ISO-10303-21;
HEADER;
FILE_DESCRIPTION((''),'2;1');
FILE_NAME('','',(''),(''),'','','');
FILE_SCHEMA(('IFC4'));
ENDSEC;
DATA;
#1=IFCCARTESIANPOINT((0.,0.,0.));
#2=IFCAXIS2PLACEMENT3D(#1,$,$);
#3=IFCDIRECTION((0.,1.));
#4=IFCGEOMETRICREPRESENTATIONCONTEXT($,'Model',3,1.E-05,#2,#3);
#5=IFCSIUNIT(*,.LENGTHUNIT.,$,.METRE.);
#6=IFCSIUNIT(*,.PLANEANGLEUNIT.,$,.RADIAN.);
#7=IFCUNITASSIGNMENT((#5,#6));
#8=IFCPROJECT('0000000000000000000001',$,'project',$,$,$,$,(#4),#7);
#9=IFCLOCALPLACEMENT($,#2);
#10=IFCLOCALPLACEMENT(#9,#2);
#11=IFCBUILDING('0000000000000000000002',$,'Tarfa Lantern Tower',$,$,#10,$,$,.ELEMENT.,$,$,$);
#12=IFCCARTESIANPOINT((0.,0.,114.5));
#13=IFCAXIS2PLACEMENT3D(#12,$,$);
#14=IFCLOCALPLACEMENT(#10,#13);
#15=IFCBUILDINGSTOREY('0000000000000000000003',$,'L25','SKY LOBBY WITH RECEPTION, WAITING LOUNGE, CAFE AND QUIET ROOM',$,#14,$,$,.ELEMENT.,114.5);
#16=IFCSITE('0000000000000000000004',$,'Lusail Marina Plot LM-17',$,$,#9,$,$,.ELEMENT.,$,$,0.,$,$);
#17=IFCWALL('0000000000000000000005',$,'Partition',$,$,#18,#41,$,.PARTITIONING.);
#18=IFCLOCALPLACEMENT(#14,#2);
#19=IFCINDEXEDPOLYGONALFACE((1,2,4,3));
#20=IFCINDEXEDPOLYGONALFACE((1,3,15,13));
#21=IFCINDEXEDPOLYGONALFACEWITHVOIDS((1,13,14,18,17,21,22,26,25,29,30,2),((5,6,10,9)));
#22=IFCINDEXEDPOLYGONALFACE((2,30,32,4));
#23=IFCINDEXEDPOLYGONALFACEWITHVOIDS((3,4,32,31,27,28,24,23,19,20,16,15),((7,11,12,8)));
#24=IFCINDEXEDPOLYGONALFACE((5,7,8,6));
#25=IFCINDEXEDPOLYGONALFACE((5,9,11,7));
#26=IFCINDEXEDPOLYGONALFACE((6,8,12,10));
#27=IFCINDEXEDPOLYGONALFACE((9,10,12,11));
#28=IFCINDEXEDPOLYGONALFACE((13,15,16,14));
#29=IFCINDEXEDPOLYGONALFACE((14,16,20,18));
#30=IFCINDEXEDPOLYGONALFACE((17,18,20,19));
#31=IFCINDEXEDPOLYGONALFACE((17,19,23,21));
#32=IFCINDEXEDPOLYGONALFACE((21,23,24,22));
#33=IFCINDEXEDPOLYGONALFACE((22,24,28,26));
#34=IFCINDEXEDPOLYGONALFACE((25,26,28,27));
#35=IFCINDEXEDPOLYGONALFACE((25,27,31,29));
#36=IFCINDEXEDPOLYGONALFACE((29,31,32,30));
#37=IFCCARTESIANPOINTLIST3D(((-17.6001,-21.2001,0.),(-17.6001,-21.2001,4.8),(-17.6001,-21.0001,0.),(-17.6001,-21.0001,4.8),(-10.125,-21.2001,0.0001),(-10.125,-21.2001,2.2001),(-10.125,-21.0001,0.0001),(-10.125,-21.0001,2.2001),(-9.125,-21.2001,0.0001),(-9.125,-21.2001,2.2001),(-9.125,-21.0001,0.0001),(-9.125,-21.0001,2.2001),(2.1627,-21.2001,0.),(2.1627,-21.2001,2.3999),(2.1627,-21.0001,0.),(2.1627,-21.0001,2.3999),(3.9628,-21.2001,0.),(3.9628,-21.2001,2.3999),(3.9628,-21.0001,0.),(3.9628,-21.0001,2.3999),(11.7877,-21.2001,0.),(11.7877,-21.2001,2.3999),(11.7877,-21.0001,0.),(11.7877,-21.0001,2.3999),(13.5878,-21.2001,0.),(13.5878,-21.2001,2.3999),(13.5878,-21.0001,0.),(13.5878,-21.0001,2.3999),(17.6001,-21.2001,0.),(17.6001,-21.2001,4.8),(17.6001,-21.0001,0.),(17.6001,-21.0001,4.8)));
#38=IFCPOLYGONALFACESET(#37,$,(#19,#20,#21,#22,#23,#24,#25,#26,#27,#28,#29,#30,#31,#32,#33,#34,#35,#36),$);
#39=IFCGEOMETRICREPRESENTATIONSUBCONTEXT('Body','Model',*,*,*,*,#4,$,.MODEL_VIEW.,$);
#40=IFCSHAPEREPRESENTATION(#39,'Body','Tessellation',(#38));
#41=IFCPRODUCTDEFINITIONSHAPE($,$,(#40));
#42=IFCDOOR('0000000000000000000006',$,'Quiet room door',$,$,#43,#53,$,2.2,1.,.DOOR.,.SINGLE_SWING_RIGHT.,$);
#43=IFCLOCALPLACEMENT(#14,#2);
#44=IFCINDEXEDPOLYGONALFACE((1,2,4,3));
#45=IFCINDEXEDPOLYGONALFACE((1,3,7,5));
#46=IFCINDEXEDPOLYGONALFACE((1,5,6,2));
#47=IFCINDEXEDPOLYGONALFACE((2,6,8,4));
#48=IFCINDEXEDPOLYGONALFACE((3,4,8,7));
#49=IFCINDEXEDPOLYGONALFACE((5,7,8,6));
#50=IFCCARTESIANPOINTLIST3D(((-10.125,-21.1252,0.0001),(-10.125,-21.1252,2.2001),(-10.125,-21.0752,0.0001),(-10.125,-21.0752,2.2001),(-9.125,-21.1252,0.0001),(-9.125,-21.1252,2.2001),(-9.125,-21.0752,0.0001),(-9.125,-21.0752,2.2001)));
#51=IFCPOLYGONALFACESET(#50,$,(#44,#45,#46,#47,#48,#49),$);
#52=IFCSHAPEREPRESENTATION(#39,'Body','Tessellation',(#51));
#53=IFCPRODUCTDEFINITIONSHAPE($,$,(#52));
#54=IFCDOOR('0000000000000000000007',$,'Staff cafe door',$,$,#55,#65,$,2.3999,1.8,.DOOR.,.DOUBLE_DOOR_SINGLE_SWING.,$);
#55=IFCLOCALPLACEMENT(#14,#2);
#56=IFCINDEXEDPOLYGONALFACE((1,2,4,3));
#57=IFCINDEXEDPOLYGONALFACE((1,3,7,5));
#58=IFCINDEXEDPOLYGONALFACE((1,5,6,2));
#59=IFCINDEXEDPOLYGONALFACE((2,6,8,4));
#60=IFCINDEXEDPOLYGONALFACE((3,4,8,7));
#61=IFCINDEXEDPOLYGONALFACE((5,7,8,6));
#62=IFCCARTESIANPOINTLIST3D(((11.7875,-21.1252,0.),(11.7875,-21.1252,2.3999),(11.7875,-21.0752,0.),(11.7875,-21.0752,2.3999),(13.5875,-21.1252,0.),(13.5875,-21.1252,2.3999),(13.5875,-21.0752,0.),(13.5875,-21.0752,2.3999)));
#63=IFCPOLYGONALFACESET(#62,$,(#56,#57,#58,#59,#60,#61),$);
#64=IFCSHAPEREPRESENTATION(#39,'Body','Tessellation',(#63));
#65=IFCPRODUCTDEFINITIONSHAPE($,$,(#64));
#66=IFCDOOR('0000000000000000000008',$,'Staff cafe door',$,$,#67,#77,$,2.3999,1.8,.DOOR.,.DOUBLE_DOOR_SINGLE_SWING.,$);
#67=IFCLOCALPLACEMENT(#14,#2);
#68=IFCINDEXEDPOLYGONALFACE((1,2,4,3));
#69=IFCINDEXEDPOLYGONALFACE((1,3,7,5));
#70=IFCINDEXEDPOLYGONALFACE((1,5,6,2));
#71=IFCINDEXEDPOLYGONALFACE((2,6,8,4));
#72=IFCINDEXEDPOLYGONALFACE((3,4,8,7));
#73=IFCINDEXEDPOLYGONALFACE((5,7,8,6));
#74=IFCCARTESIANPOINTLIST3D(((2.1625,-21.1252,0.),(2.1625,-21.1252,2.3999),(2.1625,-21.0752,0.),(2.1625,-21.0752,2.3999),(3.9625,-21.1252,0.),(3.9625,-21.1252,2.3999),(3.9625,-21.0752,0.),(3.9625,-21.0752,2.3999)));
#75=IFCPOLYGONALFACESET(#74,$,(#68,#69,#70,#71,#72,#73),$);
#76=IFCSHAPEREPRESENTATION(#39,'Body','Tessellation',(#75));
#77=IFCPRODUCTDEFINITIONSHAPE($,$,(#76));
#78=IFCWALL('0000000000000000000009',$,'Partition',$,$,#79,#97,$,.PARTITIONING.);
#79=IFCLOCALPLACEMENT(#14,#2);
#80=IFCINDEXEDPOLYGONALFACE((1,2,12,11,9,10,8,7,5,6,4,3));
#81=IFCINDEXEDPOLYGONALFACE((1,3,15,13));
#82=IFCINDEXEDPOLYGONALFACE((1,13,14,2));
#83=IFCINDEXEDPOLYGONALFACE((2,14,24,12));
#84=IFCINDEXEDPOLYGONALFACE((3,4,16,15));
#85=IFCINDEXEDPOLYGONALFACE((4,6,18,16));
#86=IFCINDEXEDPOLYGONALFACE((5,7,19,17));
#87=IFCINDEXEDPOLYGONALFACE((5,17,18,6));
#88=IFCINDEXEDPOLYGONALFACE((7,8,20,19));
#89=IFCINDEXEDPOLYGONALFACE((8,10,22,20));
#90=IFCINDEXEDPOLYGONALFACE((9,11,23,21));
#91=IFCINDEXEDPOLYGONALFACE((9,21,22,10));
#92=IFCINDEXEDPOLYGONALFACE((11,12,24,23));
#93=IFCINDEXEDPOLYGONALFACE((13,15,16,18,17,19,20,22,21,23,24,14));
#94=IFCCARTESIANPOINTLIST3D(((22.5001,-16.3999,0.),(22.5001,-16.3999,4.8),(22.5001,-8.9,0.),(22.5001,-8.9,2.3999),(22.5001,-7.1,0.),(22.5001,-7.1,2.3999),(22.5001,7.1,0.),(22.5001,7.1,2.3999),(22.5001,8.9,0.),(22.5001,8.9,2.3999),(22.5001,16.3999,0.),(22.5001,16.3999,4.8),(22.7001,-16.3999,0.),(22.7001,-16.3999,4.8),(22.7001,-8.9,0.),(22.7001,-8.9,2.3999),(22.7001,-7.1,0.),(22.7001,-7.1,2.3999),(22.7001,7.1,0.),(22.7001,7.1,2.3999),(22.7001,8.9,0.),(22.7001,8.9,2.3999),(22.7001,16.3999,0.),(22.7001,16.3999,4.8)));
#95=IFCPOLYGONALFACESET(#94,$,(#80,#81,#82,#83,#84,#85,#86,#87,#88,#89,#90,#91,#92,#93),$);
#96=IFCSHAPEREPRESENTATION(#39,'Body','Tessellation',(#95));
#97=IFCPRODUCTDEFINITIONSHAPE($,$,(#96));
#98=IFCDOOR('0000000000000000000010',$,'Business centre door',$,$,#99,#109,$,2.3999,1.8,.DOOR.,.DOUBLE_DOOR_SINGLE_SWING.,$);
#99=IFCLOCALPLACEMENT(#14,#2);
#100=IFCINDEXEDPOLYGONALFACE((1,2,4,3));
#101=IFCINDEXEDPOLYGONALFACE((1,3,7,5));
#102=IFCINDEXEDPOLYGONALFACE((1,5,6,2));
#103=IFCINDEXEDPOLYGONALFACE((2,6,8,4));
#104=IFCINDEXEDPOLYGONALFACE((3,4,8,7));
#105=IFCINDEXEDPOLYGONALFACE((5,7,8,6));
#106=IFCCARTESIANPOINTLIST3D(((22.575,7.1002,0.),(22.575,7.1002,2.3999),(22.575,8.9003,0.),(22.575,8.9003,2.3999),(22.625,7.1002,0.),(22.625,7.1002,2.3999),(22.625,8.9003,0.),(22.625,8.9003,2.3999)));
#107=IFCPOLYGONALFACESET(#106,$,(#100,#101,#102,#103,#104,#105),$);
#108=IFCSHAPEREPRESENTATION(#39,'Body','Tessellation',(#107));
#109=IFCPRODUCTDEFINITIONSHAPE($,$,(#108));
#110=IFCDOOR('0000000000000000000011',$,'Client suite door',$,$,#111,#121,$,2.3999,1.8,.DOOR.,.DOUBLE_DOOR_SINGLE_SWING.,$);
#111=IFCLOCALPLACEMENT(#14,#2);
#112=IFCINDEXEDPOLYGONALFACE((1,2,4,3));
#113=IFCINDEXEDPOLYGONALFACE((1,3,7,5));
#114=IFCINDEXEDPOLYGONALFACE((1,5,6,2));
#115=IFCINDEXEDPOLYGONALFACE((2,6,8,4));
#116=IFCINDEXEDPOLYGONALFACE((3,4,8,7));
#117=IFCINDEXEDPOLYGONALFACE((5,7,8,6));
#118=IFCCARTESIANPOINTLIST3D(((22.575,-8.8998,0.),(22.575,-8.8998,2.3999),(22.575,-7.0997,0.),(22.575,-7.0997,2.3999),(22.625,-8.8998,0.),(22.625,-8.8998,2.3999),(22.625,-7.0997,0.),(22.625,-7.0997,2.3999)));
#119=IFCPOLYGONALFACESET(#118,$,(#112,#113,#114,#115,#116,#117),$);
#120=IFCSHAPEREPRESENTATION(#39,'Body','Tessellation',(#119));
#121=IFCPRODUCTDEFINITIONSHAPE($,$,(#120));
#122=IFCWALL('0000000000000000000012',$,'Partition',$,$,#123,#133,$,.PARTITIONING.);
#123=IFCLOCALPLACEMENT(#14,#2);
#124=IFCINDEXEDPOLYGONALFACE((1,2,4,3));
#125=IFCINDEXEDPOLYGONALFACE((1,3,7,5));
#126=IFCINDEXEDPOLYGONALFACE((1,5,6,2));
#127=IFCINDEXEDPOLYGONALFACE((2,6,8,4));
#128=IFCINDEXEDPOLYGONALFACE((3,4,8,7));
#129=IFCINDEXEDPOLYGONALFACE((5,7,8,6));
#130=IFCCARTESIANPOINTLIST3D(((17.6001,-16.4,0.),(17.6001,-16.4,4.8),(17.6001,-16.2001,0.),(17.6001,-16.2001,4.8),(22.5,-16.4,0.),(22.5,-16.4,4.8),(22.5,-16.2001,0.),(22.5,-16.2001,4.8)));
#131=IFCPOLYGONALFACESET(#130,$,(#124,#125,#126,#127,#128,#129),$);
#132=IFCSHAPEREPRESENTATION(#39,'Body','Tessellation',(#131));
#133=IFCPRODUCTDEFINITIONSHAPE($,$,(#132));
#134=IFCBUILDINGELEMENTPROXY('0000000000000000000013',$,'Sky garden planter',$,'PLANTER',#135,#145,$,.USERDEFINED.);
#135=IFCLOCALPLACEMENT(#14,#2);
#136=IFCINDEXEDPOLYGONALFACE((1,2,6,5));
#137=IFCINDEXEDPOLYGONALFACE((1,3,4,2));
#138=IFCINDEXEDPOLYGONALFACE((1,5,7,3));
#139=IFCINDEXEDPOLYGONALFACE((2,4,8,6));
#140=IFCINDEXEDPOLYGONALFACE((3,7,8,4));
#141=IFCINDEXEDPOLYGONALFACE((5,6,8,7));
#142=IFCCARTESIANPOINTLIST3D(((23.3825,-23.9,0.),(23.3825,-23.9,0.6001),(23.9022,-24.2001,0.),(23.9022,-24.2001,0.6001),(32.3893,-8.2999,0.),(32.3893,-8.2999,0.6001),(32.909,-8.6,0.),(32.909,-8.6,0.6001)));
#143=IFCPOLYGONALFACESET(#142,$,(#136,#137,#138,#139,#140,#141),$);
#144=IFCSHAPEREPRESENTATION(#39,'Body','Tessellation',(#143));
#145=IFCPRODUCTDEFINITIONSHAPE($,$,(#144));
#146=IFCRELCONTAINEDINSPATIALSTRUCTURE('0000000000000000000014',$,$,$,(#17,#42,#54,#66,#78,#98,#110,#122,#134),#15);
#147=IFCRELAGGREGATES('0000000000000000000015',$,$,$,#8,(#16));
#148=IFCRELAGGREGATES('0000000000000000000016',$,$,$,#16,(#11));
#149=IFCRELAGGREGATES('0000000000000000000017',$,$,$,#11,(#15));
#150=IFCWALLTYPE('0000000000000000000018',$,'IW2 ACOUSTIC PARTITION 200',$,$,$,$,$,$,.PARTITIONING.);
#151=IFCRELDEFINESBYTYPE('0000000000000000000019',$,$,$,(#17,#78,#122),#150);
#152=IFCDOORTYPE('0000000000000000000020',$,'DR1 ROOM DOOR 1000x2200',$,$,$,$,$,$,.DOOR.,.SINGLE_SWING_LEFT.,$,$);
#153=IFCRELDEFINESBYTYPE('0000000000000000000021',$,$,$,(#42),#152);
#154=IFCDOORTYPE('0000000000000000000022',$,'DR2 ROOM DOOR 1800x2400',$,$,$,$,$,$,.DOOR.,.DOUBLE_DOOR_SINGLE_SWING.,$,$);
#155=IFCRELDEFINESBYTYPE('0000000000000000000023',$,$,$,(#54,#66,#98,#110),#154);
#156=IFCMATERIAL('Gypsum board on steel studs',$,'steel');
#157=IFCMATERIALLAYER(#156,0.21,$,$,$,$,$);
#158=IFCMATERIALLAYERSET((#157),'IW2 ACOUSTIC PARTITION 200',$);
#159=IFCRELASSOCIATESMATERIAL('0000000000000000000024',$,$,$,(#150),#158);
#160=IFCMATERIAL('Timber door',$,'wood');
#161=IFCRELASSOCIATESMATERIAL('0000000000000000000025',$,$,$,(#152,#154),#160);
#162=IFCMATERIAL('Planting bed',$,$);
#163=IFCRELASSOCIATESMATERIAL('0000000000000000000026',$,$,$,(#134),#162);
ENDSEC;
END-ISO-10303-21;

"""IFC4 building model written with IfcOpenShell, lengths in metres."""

from ifc_helpers import new_model, si_unit, direction, frame, frame_2d, origin, origin_2d, place, context, subcontext, project, spatial, rectangle, extrude, material, layer, layer_set, type_object, element, fill, save


model = new_model("IFC4")

# Units and contexts
model_context = context("Model", 3, precision=1e-05, world=origin(), true_north=direction((0.0, 1.0)))
body_context = subcontext(model_context, "Body", "Model", "MODEL_VIEW")
ifc_project = project(units=[si_unit("LENGTHUNIT", "METRE"), si_unit("PLANEANGLEUNIT", "RADIAN")], contexts=[model_context])

# Site, building, storey
site_placement = place(None, origin())
site = spatial("IfcSite", under=ifc_project, at=site_placement, Name="Lusail Marina Plot LM-17", CompositionType="ELEMENT", RefElevation=0.0)
building_placement = place(site_placement, origin())
building = spatial("IfcBuilding", under=site, at=building_placement, Name="Tarfa Lantern Tower", CompositionType="ELEMENT")
storey_placement = place(building_placement, frame((0.0, 0.0, 114.5)))
storey = spatial("IfcBuildingStorey", under=building, at=storey_placement, Name="L25", Description="SKY LOBBY WITH RECEPTION, WAITING LOUNGE, CAFE AND QUIET ROOM", CompositionType="ELEMENT", Elevation=114.5)

# Walls, openings, doors
ifc_material_1 = material(Name="Gypsum board on steel studs", Category="steel")
ifc_layer = layer(ifc_material_1, 0.21)
ifc_layer_set = layer_set([ifc_layer], Name="IW2 ACOUSTIC PARTITION 200")
wall_type = type_object("IfcWallType", Name="IW2 ACOUSTIC PARTITION 200", PredefinedType="PARTITIONING", material=ifc_layer_set)
wall_1_placement = place(storey_placement, frame((17.6001, -21.1001, 0.0), z_axis=(0.0, 0.0, 1.0), x_axis=(-1.0, 0.0, 0.0)))
wall_1 = element("IfcWall", 1, at=wall_1_placement, inside=storey, type_object=wall_type, Name="Partition", PredefinedType="PARTITIONING", context=body_context, shape_type="SweptSolid", body=[
    extrude(rectangle(XDim=35.2002, YDim=0.2, at=frame_2d((17.6001, 0.0))), origin(), (0.0, 0.0, 1.0), 4.8),
])
opening_1_placement = place(wall_1_placement, frame((4.0125, 0.0, 0.0)))
opening_1 = element("IfcOpeningElement", 2, at=opening_1_placement, cuts=wall_1, PredefinedType="OPENING", context=body_context, shape_type="SweptSolid", body=[
    extrude(rectangle(XDim=1.8, YDim=2.3999, at=frame_2d((0.8999, 1.2))), frame((0.0, 0.1099, 0.0), z_axis=(0.0, -1.0, 0.0), x_axis=(1.0, 0.0, 0.0)), (0.0, 0.0, 1.0), 0.22),
])
opening_2_placement = place(wall_1_placement, frame((13.6375, 0.0, 0.0)))
opening_2 = element("IfcOpeningElement", 3, at=opening_2_placement, cuts=wall_1, PredefinedType="OPENING", context=body_context, shape_type="SweptSolid", body=[
    extrude(rectangle(XDim=1.8, YDim=2.3999, at=frame_2d((0.8999, 1.2))), frame((0.0, 0.1099, 0.0), z_axis=(0.0, -1.0, 0.0), x_axis=(1.0, 0.0, 0.0)), (0.0, 0.0, 1.0), 0.22),
])
opening_3_placement = place(wall_1_placement, frame((26.7251, 0.0, 0.0)))
opening_3 = element("IfcOpeningElement", 4, at=opening_3_placement, cuts=wall_1, PredefinedType="OPENING", context=body_context, shape_type="SweptSolid", body=[
    extrude(rectangle(XDim=1.0, YDim=2.2, at=frame_2d((0.5, 1.1001))), frame((0.0, 0.1099, 0.0), z_axis=(0.0, -1.0, 0.0), x_axis=(1.0, 0.0, 0.0)), (0.0, 0.0, 1.0), 0.22),
])
ifc_material_2 = material(Name="Timber door", Category="wood")
door_type_1 = type_object("IfcDoorType", Name="DR1 ROOM DOOR 1000x2200", OperationType="SINGLE_SWING_LEFT", PredefinedType="DOOR", material=ifc_material_2)
door_1_placement = place(opening_3_placement, frame((1.0, 0.0, 0.0), z_axis=(0.0, 0.0, 1.0), x_axis=(-1.0, 0.0, 0.0)))
door_1 = element("IfcDoor", 5, at=door_1_placement, inside=storey, type_object=door_type_1, Name="Quiet room door", OperationType="SINGLE_SWING_RIGHT", OverallHeight=2.2, OverallWidth=1.0, PredefinedType="DOOR", context=body_context, shape_type="SweptSolid", body=[
    extrude(rectangle(XDim=1.0, YDim=2.2, at=frame_2d((0.5, 1.1001))), frame((0.0, 0.0249, 0.0), z_axis=(0.0, -1.0, 0.0), x_axis=(1.0, 0.0, 0.0)), (0.0, 0.0, 1.0), 0.05),
])
fill(opening_3, door_1)
door_type_2 = type_object("IfcDoorType", Name="DR2 ROOM DOOR 1800x2400", OperationType="DOUBLE_DOOR_SINGLE_SWING", PredefinedType="DOOR", material=ifc_material_2)
door_2_placement = place(opening_1_placement, frame((1.8, 0.0, 0.0), z_axis=(0.0, 0.0, 1.0), x_axis=(-1.0, 0.0, 0.0)))
door_2 = element("IfcDoor", 6, at=door_2_placement, inside=storey, type_object=door_type_2, Name="Staff cafe door", OperationType="DOUBLE_DOOR_SINGLE_SWING", OverallHeight=2.3999, OverallWidth=1.8, PredefinedType="DOOR", context=body_context, shape_type="SweptSolid", body=[
    extrude(rectangle(XDim=1.8, YDim=2.3999, at=frame_2d((0.8999, 1.2))), frame((0.0, 0.0249, 0.0), z_axis=(0.0, -1.0, 0.0), x_axis=(1.0, 0.0, 0.0)), (0.0, 0.0, 1.0), 0.05),
])
fill(opening_1, door_2)
door_3_placement = place(opening_2_placement, frame((1.8, 0.0, 0.0), z_axis=(0.0, 0.0, 1.0), x_axis=(-1.0, 0.0, 0.0)))
door_3 = element("IfcDoor", 7, at=door_3_placement, inside=storey, type_object=door_type_2, Name="Staff cafe door", OperationType="DOUBLE_DOOR_SINGLE_SWING", OverallHeight=2.3999, OverallWidth=1.8, PredefinedType="DOOR", context=body_context, shape_type="SweptSolid", body=[
    extrude(rectangle(XDim=1.8, YDim=2.3999, at=frame_2d((0.8999, 1.2))), frame((0.0, 0.0249, 0.0), z_axis=(0.0, -1.0, 0.0), x_axis=(1.0, 0.0, 0.0)), (0.0, 0.0, 1.0), 0.05),
])
fill(opening_2, door_3)
wall_2_placement = place(storey_placement, frame((22.6001, -16.3999, 0.0), z_axis=(0.0, 0.0, 1.0), x_axis=(0.0, 1.0, 0.0)))
wall_2 = element("IfcWall", 8, at=wall_2_placement, inside=storey, type_object=wall_type, Name="Partition", PredefinedType="PARTITIONING", context=body_context, shape_type="SweptSolid", body=[
    extrude(rectangle(XDim=32.7998, YDim=0.2, at=frame_2d((16.3999, 0.0))), origin(), (0.0, 0.0, 1.0), 4.8),
])
opening_4_placement = place(wall_2_placement, frame((23.5, 0.0, 0.0)))
opening_4 = element("IfcOpeningElement", 9, at=opening_4_placement, cuts=wall_2, PredefinedType="OPENING", context=body_context, shape_type="SweptSolid", body=[
    extrude(rectangle(XDim=1.8, YDim=2.3999, at=frame_2d((0.8999, 1.2))), frame((0.0, 0.1099, 0.0), z_axis=(0.0, -1.0, 0.0), x_axis=(1.0, 0.0, 0.0)), (0.0, 0.0, 1.0), 0.22),
])
opening_5_placement = place(wall_2_placement, frame((7.5, 0.0, 0.0)))
opening_5 = element("IfcOpeningElement", 10, at=opening_5_placement, cuts=wall_2, PredefinedType="OPENING", context=body_context, shape_type="SweptSolid", body=[
    extrude(rectangle(XDim=1.8, YDim=2.3999, at=frame_2d((0.8999, 1.2))), frame((0.0, 0.1099, 0.0), z_axis=(0.0, -1.0, 0.0), x_axis=(1.0, 0.0, 0.0)), (0.0, 0.0, 1.0), 0.22),
])
door_4_placement = place(opening_4_placement, frame((1.8, 0.0, 0.0), z_axis=(0.0, 0.0, 1.0), x_axis=(-1.0, 0.0, 0.0)))
door_4 = element("IfcDoor", 11, at=door_4_placement, inside=storey, type_object=door_type_2, Name="Business centre door", OperationType="DOUBLE_DOOR_SINGLE_SWING", OverallHeight=2.3999, OverallWidth=1.8, PredefinedType="DOOR", context=body_context, shape_type="SweptSolid", body=[
    extrude(rectangle(XDim=1.8, YDim=2.3999, at=frame_2d((0.8999, 1.2))), frame((0.0, 0.0249, 0.0), z_axis=(0.0, -1.0, 0.0), x_axis=(1.0, 0.0, 0.0)), (0.0, 0.0, 1.0), 0.05),
])
fill(opening_4, door_4)
door_5_placement = place(opening_5_placement, frame((1.8, 0.0, 0.0), z_axis=(0.0, 0.0, 1.0), x_axis=(-1.0, 0.0, 0.0)))
door_5 = element("IfcDoor", 12, at=door_5_placement, inside=storey, type_object=door_type_2, Name="Client suite door", OperationType="DOUBLE_DOOR_SINGLE_SWING", OverallHeight=2.3999, OverallWidth=1.8, PredefinedType="DOOR", context=body_context, shape_type="SweptSolid", body=[
    extrude(rectangle(XDim=1.8, YDim=2.3999, at=frame_2d((0.8999, 1.2))), frame((0.0, 0.0249, 0.0), z_axis=(0.0, -1.0, 0.0), x_axis=(1.0, 0.0, 0.0)), (0.0, 0.0, 1.0), 0.05),
])
fill(opening_5, door_5)

# Wall
wall_3_placement = place(storey_placement, frame((17.6001, -16.3, 0.0), z_axis=(0.0, 0.0, 1.0), x_axis=(1.0, 0.0, 0.0)))
element("IfcWall", 13, at=wall_3_placement, inside=storey, type_object=wall_type, Name="Partition", PredefinedType="PARTITIONING", context=body_context, shape_type="SweptSolid", body=[
    extrude(rectangle(XDim=4.8999, YDim=0.2, at=frame_2d((2.45, 0.0))), origin(), (0.0, 0.0, 1.0), 4.8),
])

# Building element proxy
ifc_material_3 = material(Name="Planting bed")
proxy_placement = place(storey_placement, frame((28.1458, -16.25, 0.0), z_axis=(0.0, 0.0, 1.0), x_axis=(0.5, 0.866025, 0.0)))
element("IfcBuildingElementProxy", 14, at=proxy_placement, inside=storey, material=ifc_material_3, Name="Sky garden planter", ObjectType="PLANTER", PredefinedType="USERDEFINED", context=body_context, shape_type="SweptSolid", body=[
    extrude(rectangle(XDim=18.0134, YDim=0.6001, at=origin_2d()), origin(), (0.0, 0.0, 1.0), 0.6001),
])

save(model, "model.ifc")
